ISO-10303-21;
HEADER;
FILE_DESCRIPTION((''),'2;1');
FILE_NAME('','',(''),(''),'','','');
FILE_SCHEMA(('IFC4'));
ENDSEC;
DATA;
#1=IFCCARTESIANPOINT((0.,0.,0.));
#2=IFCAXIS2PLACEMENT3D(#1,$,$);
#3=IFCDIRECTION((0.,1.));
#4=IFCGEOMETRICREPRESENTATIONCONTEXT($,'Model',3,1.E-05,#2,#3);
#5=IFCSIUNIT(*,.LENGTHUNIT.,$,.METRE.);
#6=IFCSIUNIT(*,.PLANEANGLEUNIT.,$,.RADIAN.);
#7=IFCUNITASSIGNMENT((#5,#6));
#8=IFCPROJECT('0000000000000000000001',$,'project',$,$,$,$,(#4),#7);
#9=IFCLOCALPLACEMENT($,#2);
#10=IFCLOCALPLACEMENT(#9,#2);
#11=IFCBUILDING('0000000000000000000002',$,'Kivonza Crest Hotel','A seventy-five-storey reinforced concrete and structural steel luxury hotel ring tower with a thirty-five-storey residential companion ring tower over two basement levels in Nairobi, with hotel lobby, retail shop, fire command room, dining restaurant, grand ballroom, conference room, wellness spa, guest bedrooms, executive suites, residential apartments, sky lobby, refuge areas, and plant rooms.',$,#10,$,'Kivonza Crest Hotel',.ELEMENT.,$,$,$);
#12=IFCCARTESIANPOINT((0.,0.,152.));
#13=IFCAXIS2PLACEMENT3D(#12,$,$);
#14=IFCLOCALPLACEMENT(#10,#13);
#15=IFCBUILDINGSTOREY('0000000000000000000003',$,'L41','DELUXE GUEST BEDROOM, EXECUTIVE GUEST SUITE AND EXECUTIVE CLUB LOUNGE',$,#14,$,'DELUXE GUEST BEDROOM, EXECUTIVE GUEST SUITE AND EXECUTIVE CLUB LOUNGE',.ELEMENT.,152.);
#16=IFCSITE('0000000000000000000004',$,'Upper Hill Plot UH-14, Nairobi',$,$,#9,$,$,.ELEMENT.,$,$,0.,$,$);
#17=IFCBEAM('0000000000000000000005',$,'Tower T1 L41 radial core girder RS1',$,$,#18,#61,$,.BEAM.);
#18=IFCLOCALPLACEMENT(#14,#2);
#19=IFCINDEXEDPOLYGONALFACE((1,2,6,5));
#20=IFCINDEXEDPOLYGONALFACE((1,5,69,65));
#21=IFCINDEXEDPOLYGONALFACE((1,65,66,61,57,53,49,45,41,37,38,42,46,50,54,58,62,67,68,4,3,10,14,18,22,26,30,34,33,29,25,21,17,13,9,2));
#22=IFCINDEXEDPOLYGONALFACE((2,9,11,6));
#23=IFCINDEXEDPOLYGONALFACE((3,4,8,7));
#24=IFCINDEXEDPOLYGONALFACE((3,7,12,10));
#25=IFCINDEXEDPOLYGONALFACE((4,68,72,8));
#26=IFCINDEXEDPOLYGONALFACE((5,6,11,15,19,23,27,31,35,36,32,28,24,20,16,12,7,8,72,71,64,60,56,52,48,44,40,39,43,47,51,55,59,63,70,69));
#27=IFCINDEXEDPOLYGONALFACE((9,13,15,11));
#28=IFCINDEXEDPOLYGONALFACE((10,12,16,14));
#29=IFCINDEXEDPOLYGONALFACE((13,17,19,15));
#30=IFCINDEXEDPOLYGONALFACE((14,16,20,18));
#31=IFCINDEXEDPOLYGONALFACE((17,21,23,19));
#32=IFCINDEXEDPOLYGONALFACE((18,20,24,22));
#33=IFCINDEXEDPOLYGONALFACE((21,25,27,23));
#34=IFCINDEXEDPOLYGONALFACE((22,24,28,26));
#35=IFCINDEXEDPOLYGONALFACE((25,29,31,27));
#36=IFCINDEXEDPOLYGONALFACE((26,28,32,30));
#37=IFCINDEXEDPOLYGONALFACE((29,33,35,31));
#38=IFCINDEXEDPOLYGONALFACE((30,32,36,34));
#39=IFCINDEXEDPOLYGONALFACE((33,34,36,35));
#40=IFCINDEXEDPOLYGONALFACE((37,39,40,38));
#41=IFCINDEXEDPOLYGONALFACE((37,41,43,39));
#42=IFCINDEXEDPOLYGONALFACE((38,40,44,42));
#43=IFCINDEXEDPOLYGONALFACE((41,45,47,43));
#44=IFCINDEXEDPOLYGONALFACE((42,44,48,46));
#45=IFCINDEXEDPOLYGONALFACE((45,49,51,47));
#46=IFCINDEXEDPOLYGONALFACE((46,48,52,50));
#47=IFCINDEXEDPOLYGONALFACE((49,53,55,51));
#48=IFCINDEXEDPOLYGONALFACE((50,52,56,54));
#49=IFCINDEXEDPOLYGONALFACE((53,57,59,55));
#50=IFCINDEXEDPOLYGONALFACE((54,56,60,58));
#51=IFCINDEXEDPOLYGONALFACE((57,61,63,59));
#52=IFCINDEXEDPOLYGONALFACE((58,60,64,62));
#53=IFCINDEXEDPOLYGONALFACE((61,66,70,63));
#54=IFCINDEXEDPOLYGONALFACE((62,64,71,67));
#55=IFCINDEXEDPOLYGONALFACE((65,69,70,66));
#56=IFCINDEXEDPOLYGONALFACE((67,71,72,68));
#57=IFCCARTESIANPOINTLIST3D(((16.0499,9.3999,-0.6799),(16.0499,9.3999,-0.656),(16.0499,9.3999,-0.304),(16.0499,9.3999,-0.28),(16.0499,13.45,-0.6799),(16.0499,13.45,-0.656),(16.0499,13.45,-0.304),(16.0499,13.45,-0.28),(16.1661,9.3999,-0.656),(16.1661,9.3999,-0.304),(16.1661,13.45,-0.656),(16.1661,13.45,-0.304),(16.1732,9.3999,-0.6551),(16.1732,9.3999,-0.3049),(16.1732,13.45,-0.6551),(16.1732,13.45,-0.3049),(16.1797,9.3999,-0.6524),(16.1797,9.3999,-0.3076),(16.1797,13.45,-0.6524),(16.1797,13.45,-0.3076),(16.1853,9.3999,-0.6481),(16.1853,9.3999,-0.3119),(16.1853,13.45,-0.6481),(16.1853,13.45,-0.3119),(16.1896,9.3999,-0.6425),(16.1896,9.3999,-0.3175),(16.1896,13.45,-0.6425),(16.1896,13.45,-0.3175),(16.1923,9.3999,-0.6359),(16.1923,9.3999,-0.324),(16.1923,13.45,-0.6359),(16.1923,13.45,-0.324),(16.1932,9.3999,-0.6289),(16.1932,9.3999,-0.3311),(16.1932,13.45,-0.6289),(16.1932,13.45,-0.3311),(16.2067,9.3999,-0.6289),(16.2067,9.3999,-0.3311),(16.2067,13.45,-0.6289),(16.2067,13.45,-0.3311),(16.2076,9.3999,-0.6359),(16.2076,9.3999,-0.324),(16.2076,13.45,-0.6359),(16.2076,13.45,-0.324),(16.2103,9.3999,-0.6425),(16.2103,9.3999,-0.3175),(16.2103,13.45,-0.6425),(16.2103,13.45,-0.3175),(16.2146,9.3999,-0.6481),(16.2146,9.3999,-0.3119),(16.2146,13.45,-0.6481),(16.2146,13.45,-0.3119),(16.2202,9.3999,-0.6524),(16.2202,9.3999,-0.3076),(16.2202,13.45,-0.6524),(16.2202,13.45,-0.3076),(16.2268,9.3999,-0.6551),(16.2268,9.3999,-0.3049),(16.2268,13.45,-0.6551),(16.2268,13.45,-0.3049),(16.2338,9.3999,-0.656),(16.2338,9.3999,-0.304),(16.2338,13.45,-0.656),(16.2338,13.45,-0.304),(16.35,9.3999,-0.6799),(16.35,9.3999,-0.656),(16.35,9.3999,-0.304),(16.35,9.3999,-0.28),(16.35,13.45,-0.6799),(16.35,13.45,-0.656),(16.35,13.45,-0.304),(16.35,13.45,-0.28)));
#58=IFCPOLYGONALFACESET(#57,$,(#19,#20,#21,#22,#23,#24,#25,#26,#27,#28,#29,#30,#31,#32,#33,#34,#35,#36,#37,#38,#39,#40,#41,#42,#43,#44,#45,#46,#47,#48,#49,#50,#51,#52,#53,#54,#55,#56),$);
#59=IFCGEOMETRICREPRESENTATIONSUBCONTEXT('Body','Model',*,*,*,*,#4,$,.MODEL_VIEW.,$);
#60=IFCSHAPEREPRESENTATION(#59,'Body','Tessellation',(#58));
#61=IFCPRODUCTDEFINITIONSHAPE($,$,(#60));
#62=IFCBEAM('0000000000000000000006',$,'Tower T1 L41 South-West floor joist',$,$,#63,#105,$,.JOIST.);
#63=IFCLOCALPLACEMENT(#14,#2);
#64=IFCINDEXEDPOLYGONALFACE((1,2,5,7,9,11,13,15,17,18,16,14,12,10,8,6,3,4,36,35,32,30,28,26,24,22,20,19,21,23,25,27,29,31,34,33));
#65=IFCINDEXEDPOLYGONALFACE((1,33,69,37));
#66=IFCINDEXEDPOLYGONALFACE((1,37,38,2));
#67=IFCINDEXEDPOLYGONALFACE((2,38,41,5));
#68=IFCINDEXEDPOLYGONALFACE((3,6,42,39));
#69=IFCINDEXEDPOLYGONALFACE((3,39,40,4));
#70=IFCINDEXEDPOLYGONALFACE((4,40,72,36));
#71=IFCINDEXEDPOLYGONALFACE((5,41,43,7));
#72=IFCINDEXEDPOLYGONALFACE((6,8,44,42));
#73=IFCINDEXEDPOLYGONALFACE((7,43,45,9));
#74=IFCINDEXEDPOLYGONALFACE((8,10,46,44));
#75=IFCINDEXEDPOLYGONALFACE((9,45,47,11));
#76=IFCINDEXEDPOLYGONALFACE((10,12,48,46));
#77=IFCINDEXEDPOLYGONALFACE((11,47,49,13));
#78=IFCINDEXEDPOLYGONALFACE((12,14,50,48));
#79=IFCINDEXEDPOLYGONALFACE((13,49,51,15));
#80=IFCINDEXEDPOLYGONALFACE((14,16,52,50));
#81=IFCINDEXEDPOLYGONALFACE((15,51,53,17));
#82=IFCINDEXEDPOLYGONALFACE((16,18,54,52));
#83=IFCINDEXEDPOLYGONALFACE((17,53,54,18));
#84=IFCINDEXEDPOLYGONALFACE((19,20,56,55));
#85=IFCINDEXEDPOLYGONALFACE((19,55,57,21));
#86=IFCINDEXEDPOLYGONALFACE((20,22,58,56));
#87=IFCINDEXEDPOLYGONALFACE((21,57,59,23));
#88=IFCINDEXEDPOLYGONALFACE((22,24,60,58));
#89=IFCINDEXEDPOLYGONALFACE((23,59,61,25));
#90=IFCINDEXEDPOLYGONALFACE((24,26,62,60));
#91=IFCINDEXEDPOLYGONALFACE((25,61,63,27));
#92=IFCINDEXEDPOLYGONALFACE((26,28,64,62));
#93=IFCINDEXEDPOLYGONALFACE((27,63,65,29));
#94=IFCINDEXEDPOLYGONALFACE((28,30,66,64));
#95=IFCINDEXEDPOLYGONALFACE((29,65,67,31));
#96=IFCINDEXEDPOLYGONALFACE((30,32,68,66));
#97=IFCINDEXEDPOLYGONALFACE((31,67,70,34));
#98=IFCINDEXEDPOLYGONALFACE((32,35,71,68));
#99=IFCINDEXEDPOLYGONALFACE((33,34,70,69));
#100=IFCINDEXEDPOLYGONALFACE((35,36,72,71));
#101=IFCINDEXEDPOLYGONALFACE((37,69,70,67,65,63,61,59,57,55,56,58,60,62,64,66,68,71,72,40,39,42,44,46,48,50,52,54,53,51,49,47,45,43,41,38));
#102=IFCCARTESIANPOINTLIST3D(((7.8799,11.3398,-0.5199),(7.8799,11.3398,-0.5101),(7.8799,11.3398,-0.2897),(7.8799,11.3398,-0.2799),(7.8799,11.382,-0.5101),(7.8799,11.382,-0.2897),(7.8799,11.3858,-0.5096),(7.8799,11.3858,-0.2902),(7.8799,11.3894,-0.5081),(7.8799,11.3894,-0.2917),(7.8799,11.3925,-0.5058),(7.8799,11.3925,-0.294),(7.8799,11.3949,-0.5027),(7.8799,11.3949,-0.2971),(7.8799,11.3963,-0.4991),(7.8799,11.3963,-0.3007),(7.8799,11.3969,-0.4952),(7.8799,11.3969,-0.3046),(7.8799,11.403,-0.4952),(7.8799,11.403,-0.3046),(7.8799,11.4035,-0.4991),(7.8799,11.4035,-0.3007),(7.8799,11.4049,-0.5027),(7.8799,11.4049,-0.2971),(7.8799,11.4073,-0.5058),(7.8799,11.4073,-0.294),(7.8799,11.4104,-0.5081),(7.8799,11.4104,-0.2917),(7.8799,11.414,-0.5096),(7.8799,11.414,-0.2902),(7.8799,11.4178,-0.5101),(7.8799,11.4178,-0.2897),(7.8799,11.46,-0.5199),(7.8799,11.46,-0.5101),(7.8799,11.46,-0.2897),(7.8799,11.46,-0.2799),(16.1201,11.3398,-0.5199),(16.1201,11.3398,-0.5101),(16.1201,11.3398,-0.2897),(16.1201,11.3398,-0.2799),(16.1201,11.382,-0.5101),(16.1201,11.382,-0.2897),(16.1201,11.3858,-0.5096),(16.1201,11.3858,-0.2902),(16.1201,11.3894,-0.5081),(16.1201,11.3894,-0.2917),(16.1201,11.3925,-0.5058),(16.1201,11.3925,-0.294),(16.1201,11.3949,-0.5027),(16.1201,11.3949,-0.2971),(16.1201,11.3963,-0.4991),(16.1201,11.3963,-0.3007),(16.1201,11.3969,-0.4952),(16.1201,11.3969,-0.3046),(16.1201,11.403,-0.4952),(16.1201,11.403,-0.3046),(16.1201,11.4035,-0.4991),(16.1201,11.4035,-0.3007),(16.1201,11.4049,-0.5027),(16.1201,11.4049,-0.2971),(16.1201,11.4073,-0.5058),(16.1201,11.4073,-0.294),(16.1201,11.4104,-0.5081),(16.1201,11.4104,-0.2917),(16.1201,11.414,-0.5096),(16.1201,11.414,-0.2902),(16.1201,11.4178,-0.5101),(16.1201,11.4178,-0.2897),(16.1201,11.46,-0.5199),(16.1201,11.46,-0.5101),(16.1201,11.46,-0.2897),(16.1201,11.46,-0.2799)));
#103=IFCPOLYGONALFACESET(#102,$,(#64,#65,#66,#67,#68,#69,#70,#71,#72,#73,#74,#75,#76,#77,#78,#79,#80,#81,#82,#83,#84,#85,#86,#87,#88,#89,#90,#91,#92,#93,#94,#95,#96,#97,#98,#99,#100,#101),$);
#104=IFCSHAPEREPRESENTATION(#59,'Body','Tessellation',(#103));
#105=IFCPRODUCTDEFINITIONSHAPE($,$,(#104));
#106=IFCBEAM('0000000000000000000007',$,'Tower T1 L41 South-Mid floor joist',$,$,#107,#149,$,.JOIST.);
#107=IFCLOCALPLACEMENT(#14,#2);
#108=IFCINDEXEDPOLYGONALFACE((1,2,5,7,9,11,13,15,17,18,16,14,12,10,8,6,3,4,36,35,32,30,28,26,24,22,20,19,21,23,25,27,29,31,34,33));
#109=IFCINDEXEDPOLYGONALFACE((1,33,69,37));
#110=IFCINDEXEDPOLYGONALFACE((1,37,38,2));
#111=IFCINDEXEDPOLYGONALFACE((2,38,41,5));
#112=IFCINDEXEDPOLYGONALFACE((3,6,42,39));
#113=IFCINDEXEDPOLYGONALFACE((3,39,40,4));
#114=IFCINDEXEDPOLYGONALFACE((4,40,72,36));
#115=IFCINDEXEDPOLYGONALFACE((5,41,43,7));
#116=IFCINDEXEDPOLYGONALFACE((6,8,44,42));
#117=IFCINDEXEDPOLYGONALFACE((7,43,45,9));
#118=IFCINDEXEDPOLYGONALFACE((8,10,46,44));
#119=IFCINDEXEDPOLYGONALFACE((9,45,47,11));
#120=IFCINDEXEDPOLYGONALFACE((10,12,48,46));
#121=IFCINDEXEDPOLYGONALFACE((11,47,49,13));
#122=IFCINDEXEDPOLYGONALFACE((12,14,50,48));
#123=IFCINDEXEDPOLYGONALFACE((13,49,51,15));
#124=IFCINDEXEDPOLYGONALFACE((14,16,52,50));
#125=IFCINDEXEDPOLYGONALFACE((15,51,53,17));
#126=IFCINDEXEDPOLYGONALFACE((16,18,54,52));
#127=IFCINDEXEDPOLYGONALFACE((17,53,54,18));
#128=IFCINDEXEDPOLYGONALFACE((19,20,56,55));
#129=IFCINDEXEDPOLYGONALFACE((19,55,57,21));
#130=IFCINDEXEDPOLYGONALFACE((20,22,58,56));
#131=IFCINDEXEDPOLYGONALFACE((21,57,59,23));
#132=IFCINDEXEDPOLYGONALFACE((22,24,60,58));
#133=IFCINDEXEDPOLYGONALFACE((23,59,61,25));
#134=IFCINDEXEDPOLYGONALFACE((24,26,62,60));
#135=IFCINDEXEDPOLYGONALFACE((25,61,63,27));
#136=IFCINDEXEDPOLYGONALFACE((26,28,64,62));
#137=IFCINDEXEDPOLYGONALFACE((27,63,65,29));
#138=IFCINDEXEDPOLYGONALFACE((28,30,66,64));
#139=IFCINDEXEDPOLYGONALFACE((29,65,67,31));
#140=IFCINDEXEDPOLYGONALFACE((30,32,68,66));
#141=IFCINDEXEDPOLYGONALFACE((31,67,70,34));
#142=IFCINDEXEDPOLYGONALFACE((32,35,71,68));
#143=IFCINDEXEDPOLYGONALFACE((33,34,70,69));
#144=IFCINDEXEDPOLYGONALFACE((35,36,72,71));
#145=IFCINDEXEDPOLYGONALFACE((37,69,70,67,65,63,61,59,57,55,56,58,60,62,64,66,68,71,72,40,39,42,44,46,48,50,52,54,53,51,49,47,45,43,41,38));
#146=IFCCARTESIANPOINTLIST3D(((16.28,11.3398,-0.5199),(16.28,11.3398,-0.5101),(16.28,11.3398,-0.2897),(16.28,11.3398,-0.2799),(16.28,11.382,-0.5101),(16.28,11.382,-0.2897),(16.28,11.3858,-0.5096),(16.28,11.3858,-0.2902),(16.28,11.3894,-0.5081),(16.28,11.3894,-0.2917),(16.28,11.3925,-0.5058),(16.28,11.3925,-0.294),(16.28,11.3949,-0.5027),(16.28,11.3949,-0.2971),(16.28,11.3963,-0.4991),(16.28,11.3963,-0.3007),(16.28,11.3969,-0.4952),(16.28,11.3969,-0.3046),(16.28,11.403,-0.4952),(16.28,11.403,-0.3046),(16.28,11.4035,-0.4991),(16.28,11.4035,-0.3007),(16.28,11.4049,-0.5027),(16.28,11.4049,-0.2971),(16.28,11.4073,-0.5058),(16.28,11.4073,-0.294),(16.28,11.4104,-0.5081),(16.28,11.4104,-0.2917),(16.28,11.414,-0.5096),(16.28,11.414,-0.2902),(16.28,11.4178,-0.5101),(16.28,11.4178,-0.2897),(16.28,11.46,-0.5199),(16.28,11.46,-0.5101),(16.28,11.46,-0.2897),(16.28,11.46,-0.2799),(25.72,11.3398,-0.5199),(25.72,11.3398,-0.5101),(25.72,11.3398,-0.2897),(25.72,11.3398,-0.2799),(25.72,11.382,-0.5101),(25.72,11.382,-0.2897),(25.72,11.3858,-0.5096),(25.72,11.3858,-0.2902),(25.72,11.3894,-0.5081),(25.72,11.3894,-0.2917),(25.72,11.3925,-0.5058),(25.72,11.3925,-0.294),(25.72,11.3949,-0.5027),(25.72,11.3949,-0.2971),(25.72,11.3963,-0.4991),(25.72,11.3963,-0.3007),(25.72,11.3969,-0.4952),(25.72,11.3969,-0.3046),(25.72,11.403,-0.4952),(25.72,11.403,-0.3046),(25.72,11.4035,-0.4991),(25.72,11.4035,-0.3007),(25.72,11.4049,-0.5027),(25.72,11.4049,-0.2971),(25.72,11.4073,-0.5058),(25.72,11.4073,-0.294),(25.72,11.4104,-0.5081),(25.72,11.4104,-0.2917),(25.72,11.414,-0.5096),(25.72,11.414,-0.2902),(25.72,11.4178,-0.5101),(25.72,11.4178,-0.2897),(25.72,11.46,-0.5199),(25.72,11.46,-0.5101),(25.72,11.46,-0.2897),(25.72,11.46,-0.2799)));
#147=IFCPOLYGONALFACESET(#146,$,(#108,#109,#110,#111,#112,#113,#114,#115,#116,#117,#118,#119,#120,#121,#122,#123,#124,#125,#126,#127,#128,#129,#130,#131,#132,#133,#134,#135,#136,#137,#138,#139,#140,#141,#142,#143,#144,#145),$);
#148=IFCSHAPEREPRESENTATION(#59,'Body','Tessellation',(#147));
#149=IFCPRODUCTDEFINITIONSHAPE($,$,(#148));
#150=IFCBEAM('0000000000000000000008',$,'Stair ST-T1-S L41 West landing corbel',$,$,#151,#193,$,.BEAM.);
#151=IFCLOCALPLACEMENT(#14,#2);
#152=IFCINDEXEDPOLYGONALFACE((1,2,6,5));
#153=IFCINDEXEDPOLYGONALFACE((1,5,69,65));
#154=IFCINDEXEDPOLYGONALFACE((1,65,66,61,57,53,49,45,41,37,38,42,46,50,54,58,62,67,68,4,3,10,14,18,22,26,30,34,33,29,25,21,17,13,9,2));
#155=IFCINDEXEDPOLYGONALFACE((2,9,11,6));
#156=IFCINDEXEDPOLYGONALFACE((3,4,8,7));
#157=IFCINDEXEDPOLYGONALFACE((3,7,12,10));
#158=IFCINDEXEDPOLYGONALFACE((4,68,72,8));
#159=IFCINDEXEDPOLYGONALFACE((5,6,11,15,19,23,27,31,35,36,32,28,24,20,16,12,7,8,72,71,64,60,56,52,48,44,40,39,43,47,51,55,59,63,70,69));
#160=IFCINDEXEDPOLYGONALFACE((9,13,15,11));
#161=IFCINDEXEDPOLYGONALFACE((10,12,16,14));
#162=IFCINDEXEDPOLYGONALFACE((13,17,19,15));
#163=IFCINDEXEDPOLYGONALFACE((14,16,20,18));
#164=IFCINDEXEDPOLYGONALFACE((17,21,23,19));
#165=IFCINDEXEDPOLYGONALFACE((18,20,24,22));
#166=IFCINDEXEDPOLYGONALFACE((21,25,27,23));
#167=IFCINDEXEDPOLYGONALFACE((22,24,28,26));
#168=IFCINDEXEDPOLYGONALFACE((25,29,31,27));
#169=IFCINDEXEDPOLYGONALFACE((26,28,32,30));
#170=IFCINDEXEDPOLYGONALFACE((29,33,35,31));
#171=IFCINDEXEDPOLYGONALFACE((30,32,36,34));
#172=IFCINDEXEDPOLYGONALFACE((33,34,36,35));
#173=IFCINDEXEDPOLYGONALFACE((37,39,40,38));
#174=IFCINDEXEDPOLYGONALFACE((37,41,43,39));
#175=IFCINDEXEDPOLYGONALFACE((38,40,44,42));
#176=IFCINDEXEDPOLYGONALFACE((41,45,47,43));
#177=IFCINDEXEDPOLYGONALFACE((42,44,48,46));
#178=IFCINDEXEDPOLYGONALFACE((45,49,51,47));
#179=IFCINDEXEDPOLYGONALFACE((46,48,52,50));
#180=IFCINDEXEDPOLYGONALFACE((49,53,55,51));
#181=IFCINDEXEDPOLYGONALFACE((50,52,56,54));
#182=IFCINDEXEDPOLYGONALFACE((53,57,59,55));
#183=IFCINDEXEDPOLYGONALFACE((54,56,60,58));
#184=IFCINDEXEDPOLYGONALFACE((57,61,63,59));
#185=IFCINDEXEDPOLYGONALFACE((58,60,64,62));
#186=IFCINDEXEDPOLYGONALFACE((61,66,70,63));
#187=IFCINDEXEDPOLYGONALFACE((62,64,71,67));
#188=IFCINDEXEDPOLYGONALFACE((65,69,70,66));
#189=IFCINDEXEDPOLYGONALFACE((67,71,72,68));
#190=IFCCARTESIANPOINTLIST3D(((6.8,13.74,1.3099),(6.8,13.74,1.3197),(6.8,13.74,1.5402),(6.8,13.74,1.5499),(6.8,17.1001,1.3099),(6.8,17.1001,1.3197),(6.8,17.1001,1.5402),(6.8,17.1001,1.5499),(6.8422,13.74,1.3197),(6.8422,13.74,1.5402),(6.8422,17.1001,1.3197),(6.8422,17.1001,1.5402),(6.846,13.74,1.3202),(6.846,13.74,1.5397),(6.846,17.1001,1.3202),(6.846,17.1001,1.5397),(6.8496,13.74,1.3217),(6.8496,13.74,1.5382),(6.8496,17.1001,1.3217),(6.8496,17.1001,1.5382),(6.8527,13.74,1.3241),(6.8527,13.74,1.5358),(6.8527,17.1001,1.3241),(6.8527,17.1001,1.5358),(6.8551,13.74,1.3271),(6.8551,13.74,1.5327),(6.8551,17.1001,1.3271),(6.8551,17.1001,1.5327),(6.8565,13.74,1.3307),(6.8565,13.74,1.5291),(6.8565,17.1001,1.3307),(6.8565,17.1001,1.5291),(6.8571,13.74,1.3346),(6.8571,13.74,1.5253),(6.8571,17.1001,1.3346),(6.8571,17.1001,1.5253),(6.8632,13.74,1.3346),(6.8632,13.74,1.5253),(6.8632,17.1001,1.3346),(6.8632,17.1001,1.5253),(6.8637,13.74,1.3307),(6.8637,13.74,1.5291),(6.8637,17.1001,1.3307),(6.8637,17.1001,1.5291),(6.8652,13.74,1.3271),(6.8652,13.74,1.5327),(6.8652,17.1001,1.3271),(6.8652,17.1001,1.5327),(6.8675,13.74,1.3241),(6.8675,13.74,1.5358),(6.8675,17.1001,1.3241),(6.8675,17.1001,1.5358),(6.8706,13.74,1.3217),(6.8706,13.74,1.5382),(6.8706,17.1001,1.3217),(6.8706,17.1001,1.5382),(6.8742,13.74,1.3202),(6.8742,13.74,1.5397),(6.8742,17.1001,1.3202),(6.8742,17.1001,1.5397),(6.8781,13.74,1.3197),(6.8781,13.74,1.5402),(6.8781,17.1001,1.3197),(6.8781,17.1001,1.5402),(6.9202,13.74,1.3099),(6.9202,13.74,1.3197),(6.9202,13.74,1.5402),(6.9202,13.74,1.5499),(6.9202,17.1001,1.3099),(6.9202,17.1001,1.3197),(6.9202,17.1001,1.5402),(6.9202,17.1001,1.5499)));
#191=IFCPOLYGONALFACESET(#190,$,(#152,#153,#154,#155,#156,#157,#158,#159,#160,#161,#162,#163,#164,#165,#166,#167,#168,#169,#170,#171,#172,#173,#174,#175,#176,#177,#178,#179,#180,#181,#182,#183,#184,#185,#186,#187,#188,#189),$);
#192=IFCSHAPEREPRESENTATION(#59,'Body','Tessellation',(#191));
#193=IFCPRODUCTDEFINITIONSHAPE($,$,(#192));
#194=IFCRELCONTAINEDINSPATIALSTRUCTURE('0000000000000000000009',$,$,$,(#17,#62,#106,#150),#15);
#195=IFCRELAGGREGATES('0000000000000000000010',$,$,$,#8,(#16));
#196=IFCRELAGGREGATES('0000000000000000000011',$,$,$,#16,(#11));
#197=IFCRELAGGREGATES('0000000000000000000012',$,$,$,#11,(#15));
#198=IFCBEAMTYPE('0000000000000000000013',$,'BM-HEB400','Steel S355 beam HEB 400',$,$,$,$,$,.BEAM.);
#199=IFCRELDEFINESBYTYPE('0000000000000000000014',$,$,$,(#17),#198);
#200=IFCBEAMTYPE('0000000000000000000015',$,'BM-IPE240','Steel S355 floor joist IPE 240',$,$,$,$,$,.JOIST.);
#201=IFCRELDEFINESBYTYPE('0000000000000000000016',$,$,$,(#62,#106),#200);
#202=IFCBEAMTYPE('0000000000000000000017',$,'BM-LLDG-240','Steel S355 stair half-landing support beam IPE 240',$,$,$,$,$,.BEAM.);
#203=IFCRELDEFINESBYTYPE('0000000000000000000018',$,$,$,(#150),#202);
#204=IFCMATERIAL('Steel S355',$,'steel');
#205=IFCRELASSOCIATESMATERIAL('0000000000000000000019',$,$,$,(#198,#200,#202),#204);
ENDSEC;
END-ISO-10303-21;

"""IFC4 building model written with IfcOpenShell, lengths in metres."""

from ifc_helpers import new_model, si_unit, direction, frame, origin, origin_2d, place, context, subcontext, project, spatial, i_section, extrude, material, material_profile, profile_set, type_object, element, save


model = new_model("IFC4")

# Units and contexts
model_context = context("Model", 3, precision=1e-05, world=origin(), true_north=direction((0.0, 1.0)))
body_context = subcontext(model_context, "Body", "Model", "MODEL_VIEW")
ifc_project = project(units=[si_unit("LENGTHUNIT", "METRE"), si_unit("PLANEANGLEUNIT", "RADIAN")], contexts=[model_context])

# Site, building, storey
site_placement = place(None, origin())
site = spatial("IfcSite", under=ifc_project, at=site_placement, Name="Upper Hill Plot UH-14, Nairobi", CompositionType="ELEMENT", RefElevation=0.0)
building_placement = place(site_placement, origin())
building = spatial("IfcBuilding", under=site, at=building_placement, Name="Kivonza Crest Hotel", Description="A seventy-five-storey reinforced concrete and structural steel luxury hotel ring tower with a thirty-five-storey residential companion ring tower over two basement levels in Nairobi, with hotel lobby, retail shop, fire command room, dining restaurant, grand ballroom, conference room, wellness spa, guest bedrooms, executive suites, residential apartments, sky lobby, refuge areas, and plant rooms.", LongName="Kivonza Crest Hotel", CompositionType="ELEMENT")
storey_placement = place(building_placement, frame((0.0, 0.0, 152.0)))
storey = spatial("IfcBuildingStorey", under=building, at=storey_placement, Name="L41", Description="DELUXE GUEST BEDROOM, EXECUTIVE GUEST SUITE AND EXECUTIVE CLUB LOUNGE", LongName="DELUXE GUEST BEDROOM, EXECUTIVE GUEST SUITE AND EXECUTIVE CLUB LOUNGE", CompositionType="ELEMENT", Elevation=152.0)

# Beams
ifc_material_1 = material(Name="Steel S355", Category="steel")
ifc_material_profile_1 = material_profile(ifc_material_1, i_section(OverallWidth=0.3, OverallDepth=0.3999, WebThickness=0.0134, FlangeThickness=0.0239, FilletRadius=0.0271, at=origin_2d()), Name="HEB 400")
ifc_profile_set_1 = profile_set([ifc_material_profile_1], Name="Steel S355")
beam_type_1 = type_object("IfcBeamType", Name="BM-HEB400", Description="Steel S355 beam HEB 400", PredefinedType="BEAM", material=ifc_profile_set_1)
beam_1_placement = place(storey_placement, frame((16.2, 9.3999, -0.48), z_axis=(0.0, 1.0, 0.0), x_axis=(-1.0, 0.0, 0.0)))
element("IfcBeam", 1, at=beam_1_placement, inside=storey, type_object=beam_type_1, Name="Tower T1 L41 radial core girder RS1", PredefinedType="BEAM", context=body_context, shape_type="SweptSolid", body=[
    extrude(i_section(OverallWidth=0.3, OverallDepth=0.3999, WebThickness=0.0134, FlangeThickness=0.0239, FilletRadius=0.0271, at=origin_2d()), origin(), (0.0, 0.0, 1.0), 4.05),
])
ifc_material_profile_2 = material_profile(ifc_material_1, i_section(OverallWidth=0.1201, OverallDepth=0.24, WebThickness=0.0061, FlangeThickness=0.0098, FilletRadius=0.0149, at=origin_2d()), Name="IPE 240")
ifc_profile_set_2 = profile_set([ifc_material_profile_2], Name="Steel S355")
beam_type_2 = type_object("IfcBeamType", Name="BM-IPE240", Description="Steel S355 floor joist IPE 240", PredefinedType="JOIST", material=ifc_profile_set_2)
beam_2_placement = place(storey_placement, frame((7.8799, 11.3999, -0.3999), z_axis=(1.0, 0.0, 0.0), x_axis=(0.0, 1.0, 0.0)))
element("IfcBeam", 2, at=beam_2_placement, inside=storey, type_object=beam_type_2, Name="Tower T1 L41 South-West floor joist", PredefinedType="JOIST", context=body_context, shape_type="SweptSolid", body=[
    extrude(i_section(OverallWidth=0.1201, OverallDepth=0.24, WebThickness=0.0061, FlangeThickness=0.0098, FilletRadius=0.0149, at=origin_2d()), origin(), (0.0, 0.0, 1.0), 8.2402),
])
beam_3_placement = place(storey_placement, frame((16.28, 11.3999, -0.3999), z_axis=(1.0, 0.0, 0.0), x_axis=(0.0, 1.0, 0.0)))
element("IfcBeam", 3, at=beam_3_placement, inside=storey, type_object=beam_type_2, Name="Tower T1 L41 South-Mid floor joist", PredefinedType="JOIST", context=body_context, shape_type="SweptSolid", body=[
    extrude(i_section(OverallWidth=0.1201, OverallDepth=0.24, WebThickness=0.0061, FlangeThickness=0.0098, FilletRadius=0.0149, at=origin_2d()), origin(), (0.0, 0.0, 1.0), 9.4399),
])
ifc_material_profile_3 = material_profile(ifc_material_1, i_section(OverallWidth=0.1201, OverallDepth=0.24, WebThickness=0.0061, FlangeThickness=0.0098, FilletRadius=0.0149, at=origin_2d()), Name="IPE 240")
ifc_profile_set_3 = profile_set([ifc_material_profile_3], Name="Steel S355")
beam_type_3 = type_object("IfcBeamType", Name="BM-LLDG-240", Description="Steel S355 stair half-landing support beam IPE 240", PredefinedType="BEAM", material=ifc_profile_set_3)
beam_4_placement = place(storey_placement, frame((6.8601, 13.74, 1.4299), z_axis=(0.0, 1.0, 0.0), x_axis=(-1.0, 0.0, 0.0)))
element("IfcBeam", 4, at=beam_4_placement, inside=storey, type_object=beam_type_3, Name="Stair ST-T1-S L41 West landing corbel", PredefinedType="BEAM", context=body_context, shape_type="SweptSolid", body=[
    extrude(i_section(OverallWidth=0.1201, OverallDepth=0.24, WebThickness=0.0061, FlangeThickness=0.0098, FilletRadius=0.0149, at=origin_2d()), origin(), (0.0, 0.0, 1.0), 3.3601),
])

save(model, "model.ifc")
